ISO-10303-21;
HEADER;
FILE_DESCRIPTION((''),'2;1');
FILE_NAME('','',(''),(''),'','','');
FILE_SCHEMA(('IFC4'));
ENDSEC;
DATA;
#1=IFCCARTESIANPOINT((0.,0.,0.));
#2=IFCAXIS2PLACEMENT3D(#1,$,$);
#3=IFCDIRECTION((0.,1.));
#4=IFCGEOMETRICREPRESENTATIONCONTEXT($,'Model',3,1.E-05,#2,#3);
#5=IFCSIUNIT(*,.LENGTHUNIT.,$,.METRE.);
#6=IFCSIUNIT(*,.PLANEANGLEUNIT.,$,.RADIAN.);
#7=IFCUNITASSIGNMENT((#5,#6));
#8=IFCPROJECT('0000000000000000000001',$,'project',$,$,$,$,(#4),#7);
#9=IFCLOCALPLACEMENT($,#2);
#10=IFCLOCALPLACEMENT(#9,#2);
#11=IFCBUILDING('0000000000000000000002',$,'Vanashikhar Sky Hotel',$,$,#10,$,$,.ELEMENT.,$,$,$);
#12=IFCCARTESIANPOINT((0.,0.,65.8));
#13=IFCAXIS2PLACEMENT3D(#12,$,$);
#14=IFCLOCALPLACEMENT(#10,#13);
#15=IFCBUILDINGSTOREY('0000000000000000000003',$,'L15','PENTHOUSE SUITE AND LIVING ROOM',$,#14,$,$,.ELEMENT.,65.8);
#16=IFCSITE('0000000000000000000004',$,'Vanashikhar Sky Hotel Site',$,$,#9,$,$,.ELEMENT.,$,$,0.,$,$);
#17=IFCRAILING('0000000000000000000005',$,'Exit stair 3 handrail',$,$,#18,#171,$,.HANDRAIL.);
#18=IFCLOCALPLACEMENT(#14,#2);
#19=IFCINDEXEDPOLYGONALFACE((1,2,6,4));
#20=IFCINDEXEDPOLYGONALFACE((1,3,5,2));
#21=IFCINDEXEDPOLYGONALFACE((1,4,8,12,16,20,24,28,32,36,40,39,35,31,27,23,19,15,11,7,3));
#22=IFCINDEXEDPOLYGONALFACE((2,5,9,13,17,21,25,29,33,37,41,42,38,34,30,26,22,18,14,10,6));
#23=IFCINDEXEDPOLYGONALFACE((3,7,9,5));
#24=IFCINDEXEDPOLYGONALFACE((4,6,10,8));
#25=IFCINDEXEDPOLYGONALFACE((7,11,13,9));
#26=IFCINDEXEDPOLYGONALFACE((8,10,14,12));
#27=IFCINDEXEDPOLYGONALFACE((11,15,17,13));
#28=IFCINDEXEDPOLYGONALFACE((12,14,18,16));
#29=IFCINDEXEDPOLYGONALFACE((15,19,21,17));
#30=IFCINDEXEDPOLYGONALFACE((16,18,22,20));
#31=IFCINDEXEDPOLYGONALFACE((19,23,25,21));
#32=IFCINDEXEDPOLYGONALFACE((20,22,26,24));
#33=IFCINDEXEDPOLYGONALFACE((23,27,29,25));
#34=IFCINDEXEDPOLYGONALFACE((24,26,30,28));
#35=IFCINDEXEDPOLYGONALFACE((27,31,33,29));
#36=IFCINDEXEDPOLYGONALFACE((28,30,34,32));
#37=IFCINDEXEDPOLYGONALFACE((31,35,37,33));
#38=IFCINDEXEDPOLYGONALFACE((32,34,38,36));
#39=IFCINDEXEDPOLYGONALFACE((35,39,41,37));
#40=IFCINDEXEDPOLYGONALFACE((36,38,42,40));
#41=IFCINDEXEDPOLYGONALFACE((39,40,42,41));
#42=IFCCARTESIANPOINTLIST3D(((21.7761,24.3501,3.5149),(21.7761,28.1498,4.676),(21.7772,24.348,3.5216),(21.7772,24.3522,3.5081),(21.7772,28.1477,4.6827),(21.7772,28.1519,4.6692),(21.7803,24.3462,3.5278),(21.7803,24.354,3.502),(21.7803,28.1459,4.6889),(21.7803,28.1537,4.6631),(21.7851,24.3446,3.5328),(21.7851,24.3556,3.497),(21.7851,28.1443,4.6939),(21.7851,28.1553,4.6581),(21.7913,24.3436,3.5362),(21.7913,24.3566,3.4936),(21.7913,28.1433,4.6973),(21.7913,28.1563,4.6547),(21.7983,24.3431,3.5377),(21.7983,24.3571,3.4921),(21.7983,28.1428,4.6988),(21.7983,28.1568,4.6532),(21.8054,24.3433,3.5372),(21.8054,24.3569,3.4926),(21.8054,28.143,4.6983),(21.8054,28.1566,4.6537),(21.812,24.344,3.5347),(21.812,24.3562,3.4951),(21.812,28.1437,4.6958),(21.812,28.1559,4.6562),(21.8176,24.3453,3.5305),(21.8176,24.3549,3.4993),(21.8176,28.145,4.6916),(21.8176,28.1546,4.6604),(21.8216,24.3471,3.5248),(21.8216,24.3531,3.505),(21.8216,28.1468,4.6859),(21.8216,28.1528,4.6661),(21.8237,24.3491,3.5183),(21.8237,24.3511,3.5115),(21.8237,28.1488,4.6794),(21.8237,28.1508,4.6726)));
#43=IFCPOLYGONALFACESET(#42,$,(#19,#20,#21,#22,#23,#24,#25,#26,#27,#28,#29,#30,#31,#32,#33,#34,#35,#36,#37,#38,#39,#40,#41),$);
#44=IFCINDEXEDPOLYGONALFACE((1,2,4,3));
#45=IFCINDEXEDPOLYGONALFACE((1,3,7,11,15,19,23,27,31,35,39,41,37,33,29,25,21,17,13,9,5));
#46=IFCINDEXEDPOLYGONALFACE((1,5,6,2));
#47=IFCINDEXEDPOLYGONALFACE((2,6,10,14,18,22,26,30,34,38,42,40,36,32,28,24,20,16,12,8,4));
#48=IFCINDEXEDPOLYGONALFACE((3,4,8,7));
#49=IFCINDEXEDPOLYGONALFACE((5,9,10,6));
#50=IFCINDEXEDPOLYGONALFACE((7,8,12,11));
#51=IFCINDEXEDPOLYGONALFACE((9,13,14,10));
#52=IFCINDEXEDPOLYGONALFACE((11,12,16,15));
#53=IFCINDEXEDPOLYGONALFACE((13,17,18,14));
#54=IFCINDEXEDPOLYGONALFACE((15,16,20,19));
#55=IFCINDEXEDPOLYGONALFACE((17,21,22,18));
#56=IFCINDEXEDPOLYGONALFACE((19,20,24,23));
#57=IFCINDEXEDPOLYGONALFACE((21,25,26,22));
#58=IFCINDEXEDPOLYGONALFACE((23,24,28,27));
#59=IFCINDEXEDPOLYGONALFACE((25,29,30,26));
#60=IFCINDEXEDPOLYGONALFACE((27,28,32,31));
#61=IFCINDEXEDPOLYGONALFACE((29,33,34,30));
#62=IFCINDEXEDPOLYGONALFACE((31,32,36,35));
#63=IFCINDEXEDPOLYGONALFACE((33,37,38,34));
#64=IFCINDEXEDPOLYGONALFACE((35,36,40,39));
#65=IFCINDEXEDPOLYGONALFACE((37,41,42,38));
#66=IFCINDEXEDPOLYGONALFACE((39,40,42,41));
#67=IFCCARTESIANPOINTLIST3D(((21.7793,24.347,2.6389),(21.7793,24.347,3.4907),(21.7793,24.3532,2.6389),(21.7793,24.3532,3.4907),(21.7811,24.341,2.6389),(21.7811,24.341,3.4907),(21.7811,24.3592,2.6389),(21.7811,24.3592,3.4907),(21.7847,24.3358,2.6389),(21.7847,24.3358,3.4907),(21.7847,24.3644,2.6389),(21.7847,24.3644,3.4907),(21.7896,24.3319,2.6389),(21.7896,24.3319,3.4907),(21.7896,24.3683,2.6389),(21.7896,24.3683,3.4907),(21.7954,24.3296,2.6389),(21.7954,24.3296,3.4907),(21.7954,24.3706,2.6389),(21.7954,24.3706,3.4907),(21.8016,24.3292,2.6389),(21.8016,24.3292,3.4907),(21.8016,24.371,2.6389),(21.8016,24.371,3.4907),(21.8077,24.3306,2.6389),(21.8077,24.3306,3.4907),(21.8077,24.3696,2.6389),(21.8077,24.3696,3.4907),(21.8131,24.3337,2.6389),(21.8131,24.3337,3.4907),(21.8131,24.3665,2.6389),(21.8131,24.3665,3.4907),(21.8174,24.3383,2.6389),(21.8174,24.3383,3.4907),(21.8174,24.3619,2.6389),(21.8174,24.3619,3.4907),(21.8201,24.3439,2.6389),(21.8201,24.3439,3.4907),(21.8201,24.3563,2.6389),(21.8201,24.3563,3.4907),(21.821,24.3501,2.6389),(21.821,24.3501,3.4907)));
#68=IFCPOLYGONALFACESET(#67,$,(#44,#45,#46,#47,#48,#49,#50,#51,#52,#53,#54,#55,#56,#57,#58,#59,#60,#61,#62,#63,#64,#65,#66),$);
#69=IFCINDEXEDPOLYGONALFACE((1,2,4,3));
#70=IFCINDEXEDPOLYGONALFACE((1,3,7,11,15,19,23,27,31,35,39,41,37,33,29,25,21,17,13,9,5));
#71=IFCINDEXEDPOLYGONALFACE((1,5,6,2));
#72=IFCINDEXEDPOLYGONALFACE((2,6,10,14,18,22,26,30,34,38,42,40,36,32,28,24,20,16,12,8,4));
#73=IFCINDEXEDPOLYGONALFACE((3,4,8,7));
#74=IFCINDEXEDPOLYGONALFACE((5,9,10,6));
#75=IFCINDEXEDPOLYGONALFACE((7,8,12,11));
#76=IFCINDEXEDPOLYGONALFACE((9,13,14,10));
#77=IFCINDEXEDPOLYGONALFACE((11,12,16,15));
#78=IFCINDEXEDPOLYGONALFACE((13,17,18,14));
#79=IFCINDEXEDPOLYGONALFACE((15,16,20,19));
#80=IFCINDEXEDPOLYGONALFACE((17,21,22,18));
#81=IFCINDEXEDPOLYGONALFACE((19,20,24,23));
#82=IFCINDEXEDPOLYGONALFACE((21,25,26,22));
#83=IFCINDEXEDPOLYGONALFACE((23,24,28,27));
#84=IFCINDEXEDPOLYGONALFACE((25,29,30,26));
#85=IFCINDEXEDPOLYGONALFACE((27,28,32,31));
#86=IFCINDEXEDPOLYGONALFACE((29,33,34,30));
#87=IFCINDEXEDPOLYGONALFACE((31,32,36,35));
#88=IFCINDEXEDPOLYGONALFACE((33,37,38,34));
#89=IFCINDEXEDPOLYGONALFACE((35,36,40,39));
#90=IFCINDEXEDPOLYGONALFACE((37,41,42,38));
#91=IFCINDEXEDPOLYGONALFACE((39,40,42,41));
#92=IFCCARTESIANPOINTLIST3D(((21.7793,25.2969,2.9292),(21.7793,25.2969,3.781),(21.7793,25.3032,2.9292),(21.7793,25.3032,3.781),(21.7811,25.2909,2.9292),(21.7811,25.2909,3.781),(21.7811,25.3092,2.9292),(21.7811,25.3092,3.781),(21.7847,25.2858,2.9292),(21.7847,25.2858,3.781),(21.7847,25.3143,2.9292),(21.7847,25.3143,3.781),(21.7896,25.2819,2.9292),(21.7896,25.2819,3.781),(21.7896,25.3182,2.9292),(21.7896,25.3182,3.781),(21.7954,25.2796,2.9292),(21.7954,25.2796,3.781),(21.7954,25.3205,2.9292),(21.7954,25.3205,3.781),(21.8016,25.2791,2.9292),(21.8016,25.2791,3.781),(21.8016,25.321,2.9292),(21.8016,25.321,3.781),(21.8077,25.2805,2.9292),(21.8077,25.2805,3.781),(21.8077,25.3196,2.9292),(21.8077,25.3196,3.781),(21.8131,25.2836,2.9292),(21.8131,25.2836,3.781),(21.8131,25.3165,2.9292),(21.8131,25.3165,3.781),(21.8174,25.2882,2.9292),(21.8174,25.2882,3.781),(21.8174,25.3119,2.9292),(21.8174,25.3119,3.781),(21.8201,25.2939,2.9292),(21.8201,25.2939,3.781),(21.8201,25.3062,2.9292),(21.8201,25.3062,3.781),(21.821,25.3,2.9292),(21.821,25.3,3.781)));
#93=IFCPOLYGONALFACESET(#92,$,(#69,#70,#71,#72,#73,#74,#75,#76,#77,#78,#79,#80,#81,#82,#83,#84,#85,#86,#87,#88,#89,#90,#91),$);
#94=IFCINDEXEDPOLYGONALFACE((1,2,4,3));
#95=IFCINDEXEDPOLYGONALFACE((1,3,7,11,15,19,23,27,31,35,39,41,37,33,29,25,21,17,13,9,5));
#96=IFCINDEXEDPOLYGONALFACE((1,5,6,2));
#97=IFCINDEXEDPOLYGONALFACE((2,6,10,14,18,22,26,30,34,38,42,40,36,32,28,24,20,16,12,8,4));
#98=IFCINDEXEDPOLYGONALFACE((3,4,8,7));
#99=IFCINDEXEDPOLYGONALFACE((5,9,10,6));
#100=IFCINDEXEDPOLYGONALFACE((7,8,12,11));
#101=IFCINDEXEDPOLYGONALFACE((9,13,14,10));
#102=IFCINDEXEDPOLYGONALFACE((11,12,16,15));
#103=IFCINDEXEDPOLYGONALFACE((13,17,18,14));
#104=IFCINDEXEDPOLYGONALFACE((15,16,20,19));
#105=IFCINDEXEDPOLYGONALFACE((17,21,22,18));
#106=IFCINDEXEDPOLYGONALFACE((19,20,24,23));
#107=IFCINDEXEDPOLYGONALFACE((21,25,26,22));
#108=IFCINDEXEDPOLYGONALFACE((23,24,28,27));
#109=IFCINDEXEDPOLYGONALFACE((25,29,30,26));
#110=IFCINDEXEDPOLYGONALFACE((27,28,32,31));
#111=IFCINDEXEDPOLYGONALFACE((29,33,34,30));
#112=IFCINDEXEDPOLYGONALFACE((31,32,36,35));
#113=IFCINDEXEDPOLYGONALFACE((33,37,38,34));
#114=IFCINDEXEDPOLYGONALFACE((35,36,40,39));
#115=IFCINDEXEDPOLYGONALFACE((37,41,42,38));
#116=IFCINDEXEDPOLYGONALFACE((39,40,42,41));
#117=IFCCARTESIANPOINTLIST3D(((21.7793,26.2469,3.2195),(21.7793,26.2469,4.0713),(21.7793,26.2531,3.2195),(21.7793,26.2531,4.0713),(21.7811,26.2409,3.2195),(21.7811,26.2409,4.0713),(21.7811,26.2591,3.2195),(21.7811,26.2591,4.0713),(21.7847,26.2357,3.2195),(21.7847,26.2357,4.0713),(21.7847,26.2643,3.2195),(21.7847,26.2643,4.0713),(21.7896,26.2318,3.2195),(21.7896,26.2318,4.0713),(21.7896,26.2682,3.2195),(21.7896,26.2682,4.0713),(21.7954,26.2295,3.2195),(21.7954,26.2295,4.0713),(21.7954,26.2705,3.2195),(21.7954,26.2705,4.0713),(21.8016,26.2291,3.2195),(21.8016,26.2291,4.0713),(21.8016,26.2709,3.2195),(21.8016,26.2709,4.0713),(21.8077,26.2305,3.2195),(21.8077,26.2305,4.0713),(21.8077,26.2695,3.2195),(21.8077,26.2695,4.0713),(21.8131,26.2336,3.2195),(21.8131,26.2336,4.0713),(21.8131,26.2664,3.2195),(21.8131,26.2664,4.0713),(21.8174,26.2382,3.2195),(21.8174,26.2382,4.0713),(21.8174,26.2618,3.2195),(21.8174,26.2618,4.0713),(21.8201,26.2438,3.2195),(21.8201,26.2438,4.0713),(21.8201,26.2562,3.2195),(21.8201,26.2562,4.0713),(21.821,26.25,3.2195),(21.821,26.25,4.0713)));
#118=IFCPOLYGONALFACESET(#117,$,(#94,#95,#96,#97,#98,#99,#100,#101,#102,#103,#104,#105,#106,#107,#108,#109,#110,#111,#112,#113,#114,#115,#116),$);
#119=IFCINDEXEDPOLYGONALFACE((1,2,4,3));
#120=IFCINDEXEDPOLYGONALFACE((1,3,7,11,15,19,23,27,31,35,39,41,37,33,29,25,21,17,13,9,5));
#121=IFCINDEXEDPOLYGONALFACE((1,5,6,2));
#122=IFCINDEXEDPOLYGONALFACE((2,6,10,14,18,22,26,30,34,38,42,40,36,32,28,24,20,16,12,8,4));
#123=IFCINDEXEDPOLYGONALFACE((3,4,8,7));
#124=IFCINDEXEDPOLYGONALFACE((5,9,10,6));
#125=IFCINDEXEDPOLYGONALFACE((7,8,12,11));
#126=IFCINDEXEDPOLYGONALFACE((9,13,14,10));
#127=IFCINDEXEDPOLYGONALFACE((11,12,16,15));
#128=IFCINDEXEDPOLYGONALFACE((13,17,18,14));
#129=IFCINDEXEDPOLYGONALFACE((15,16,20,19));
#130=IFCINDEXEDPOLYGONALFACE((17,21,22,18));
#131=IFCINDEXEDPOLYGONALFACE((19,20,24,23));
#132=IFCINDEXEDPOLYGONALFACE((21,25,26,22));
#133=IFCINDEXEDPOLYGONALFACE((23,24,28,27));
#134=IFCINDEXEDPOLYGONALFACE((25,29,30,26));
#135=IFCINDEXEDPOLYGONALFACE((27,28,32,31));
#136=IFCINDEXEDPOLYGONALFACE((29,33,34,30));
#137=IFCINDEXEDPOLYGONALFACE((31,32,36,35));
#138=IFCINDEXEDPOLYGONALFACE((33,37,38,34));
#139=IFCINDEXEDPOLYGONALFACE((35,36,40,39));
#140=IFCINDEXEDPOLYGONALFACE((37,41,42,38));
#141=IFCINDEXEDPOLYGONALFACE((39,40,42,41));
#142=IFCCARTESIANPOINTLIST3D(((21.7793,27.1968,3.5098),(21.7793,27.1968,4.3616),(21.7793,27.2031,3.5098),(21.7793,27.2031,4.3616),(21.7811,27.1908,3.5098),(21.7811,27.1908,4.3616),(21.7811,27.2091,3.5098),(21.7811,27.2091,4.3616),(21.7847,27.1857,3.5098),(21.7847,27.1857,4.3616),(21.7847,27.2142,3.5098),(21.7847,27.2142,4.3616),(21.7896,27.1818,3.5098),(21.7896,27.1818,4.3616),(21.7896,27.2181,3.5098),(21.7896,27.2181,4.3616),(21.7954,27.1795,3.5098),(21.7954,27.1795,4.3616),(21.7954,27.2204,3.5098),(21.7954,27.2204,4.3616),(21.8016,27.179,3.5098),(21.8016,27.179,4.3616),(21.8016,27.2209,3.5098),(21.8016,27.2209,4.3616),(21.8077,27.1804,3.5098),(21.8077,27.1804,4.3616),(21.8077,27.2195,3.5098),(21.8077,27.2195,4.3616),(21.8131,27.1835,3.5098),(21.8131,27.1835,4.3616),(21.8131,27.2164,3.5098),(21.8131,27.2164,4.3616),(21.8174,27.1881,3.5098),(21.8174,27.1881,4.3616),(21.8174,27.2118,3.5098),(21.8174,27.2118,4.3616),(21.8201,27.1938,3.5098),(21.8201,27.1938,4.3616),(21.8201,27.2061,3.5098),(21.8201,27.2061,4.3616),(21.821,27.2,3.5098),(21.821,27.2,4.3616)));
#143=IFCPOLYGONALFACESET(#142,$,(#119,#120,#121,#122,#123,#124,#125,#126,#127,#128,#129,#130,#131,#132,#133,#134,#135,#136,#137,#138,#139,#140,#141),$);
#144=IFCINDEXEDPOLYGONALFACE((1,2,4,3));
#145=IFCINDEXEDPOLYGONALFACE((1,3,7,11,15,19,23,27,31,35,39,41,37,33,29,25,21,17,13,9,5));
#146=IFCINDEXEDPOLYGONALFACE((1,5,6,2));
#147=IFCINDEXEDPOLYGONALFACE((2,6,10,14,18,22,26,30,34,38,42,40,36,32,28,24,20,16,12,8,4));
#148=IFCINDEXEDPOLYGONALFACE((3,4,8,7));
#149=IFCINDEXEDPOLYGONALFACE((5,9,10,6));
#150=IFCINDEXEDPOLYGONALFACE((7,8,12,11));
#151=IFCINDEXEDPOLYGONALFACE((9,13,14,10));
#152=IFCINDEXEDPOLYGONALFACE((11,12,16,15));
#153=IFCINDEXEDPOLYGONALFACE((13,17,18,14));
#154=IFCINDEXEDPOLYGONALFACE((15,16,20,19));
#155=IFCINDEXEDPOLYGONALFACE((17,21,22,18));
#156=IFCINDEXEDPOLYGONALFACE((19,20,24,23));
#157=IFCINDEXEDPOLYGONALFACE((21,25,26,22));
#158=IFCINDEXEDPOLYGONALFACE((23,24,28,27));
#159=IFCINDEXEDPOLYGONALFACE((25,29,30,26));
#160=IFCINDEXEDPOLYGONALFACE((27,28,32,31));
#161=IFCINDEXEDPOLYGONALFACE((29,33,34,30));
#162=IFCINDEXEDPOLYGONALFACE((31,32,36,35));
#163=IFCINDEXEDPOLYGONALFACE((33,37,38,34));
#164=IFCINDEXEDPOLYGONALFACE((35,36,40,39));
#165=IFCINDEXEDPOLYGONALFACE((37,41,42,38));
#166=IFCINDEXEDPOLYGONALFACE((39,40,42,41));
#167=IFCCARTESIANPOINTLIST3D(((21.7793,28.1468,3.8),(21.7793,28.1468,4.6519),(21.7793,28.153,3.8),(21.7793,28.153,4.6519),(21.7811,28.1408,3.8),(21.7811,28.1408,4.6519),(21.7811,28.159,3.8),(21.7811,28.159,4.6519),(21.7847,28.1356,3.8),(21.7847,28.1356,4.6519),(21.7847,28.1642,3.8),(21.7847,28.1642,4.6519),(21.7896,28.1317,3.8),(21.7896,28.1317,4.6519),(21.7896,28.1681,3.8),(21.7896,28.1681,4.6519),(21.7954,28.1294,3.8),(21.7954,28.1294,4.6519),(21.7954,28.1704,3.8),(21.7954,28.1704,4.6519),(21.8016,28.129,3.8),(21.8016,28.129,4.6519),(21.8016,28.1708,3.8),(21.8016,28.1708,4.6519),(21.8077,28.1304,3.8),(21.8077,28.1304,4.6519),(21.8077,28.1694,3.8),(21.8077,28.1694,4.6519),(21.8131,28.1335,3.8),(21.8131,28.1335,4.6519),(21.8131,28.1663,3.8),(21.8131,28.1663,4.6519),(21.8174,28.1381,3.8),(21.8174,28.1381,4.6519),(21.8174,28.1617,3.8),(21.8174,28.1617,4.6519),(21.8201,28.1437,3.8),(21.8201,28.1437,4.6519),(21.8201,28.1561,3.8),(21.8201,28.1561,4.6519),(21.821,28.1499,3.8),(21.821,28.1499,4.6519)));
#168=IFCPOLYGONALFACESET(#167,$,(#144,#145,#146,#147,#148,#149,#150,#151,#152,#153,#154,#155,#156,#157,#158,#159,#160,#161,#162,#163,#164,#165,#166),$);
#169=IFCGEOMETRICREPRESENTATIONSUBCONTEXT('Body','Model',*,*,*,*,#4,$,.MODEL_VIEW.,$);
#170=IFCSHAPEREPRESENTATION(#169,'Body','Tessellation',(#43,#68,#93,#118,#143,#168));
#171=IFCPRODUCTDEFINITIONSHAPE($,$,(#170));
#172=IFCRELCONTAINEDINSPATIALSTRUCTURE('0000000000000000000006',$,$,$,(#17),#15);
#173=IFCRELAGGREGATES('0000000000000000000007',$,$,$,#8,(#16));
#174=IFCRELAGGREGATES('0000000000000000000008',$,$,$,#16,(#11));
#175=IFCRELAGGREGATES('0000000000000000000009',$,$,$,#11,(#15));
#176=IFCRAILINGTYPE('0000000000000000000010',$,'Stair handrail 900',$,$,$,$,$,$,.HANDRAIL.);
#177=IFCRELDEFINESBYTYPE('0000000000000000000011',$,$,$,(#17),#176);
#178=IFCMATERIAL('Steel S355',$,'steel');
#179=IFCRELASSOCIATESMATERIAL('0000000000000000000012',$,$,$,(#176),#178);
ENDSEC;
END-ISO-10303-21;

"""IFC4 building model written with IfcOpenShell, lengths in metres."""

from ifc_helpers import new_model, si_unit, direction, frame, origin, origin_2d, place, context, subcontext, project, spatial, circle, extrude, source, transform, mapped, material, type_object, element, save


model = new_model("IFC4")

# Units and contexts
model_context = context("Model", 3, precision=1e-05, world=origin(), true_north=direction((0.0, 1.0)))
body_context = subcontext(model_context, "Body", "Model", "MODEL_VIEW")
ifc_project = project(units=[si_unit("LENGTHUNIT", "METRE"), si_unit("PLANEANGLEUNIT", "RADIAN")], contexts=[model_context])

# Site, building, storey
site_placement = place(None, origin())
site = spatial("IfcSite", under=ifc_project, at=site_placement, Name="Vanashikhar Sky Hotel Site", CompositionType="ELEMENT", RefElevation=0.0)
building_placement = place(site_placement, origin())
building = spatial("IfcBuilding", under=site, at=building_placement, Name="Vanashikhar Sky Hotel", CompositionType="ELEMENT")
storey_placement = place(building_placement, frame((0.0, 0.0, 65.8)))
storey = spatial("IfcBuildingStorey", under=building, at=storey_placement, Name="L15", Description="PENTHOUSE SUITE AND LIVING ROOM", CompositionType="ELEMENT", Elevation=65.8)

# Railing
ifc_material_1 = material(Name="Steel S355", Category="steel")
railing_type_1 = type_object("IfcRailingType", Name="Stair handrail 900", PredefinedType="HANDRAIL", material=ifc_material_1)
shared_shape_1 = source(origin(), body_context, "Body", "SweptSolid", [
    extrude(circle(Radius=0.0239, at=origin_2d()), frame((0.0, 0.0, 0.876), z_axis=(0.0, 0.956346, 0.292237), x_axis=(-1.0, 0.0, 0.0)), (0.0, 0.0, 1.0), 3.9731),
    extrude(circle(Radius=0.021, at=origin_2d()), origin(), (0.0, 0.0, 1.0), 0.8518),
    extrude(circle(Radius=0.021, at=origin_2d()), frame((0.0, 0.95, 0.2903)), (0.0, 0.0, 1.0), 0.8518),
    extrude(circle(Radius=0.021, at=origin_2d()), frame((0.0, 1.8999, 0.5806)), (0.0, 0.0, 1.0), 0.8518),
    extrude(circle(Radius=0.021, at=origin_2d()), frame((0.0, 2.8499, 0.8708)), (0.0, 0.0, 1.0), 0.8518),
    extrude(circle(Radius=0.021, at=origin_2d()), frame((0.0, 3.7998, 1.1611)), (0.0, 0.0, 1.0), 0.8518),
])
railing_1_placement = place(storey_placement, frame((21.8, 24.3501, 2.6389)))
element("IfcRailing", 1, at=railing_1_placement, inside=storey, type_object=railing_type_1, Name="Exit stair 3 handrail", PredefinedType="HANDRAIL", context=body_context, shape_type="MappedRepresentation", body=[
    mapped(shared_shape_1, transform((0.0, 0.0, 0.0), scale=1.0)),
])

save(model, "model.ifc")
